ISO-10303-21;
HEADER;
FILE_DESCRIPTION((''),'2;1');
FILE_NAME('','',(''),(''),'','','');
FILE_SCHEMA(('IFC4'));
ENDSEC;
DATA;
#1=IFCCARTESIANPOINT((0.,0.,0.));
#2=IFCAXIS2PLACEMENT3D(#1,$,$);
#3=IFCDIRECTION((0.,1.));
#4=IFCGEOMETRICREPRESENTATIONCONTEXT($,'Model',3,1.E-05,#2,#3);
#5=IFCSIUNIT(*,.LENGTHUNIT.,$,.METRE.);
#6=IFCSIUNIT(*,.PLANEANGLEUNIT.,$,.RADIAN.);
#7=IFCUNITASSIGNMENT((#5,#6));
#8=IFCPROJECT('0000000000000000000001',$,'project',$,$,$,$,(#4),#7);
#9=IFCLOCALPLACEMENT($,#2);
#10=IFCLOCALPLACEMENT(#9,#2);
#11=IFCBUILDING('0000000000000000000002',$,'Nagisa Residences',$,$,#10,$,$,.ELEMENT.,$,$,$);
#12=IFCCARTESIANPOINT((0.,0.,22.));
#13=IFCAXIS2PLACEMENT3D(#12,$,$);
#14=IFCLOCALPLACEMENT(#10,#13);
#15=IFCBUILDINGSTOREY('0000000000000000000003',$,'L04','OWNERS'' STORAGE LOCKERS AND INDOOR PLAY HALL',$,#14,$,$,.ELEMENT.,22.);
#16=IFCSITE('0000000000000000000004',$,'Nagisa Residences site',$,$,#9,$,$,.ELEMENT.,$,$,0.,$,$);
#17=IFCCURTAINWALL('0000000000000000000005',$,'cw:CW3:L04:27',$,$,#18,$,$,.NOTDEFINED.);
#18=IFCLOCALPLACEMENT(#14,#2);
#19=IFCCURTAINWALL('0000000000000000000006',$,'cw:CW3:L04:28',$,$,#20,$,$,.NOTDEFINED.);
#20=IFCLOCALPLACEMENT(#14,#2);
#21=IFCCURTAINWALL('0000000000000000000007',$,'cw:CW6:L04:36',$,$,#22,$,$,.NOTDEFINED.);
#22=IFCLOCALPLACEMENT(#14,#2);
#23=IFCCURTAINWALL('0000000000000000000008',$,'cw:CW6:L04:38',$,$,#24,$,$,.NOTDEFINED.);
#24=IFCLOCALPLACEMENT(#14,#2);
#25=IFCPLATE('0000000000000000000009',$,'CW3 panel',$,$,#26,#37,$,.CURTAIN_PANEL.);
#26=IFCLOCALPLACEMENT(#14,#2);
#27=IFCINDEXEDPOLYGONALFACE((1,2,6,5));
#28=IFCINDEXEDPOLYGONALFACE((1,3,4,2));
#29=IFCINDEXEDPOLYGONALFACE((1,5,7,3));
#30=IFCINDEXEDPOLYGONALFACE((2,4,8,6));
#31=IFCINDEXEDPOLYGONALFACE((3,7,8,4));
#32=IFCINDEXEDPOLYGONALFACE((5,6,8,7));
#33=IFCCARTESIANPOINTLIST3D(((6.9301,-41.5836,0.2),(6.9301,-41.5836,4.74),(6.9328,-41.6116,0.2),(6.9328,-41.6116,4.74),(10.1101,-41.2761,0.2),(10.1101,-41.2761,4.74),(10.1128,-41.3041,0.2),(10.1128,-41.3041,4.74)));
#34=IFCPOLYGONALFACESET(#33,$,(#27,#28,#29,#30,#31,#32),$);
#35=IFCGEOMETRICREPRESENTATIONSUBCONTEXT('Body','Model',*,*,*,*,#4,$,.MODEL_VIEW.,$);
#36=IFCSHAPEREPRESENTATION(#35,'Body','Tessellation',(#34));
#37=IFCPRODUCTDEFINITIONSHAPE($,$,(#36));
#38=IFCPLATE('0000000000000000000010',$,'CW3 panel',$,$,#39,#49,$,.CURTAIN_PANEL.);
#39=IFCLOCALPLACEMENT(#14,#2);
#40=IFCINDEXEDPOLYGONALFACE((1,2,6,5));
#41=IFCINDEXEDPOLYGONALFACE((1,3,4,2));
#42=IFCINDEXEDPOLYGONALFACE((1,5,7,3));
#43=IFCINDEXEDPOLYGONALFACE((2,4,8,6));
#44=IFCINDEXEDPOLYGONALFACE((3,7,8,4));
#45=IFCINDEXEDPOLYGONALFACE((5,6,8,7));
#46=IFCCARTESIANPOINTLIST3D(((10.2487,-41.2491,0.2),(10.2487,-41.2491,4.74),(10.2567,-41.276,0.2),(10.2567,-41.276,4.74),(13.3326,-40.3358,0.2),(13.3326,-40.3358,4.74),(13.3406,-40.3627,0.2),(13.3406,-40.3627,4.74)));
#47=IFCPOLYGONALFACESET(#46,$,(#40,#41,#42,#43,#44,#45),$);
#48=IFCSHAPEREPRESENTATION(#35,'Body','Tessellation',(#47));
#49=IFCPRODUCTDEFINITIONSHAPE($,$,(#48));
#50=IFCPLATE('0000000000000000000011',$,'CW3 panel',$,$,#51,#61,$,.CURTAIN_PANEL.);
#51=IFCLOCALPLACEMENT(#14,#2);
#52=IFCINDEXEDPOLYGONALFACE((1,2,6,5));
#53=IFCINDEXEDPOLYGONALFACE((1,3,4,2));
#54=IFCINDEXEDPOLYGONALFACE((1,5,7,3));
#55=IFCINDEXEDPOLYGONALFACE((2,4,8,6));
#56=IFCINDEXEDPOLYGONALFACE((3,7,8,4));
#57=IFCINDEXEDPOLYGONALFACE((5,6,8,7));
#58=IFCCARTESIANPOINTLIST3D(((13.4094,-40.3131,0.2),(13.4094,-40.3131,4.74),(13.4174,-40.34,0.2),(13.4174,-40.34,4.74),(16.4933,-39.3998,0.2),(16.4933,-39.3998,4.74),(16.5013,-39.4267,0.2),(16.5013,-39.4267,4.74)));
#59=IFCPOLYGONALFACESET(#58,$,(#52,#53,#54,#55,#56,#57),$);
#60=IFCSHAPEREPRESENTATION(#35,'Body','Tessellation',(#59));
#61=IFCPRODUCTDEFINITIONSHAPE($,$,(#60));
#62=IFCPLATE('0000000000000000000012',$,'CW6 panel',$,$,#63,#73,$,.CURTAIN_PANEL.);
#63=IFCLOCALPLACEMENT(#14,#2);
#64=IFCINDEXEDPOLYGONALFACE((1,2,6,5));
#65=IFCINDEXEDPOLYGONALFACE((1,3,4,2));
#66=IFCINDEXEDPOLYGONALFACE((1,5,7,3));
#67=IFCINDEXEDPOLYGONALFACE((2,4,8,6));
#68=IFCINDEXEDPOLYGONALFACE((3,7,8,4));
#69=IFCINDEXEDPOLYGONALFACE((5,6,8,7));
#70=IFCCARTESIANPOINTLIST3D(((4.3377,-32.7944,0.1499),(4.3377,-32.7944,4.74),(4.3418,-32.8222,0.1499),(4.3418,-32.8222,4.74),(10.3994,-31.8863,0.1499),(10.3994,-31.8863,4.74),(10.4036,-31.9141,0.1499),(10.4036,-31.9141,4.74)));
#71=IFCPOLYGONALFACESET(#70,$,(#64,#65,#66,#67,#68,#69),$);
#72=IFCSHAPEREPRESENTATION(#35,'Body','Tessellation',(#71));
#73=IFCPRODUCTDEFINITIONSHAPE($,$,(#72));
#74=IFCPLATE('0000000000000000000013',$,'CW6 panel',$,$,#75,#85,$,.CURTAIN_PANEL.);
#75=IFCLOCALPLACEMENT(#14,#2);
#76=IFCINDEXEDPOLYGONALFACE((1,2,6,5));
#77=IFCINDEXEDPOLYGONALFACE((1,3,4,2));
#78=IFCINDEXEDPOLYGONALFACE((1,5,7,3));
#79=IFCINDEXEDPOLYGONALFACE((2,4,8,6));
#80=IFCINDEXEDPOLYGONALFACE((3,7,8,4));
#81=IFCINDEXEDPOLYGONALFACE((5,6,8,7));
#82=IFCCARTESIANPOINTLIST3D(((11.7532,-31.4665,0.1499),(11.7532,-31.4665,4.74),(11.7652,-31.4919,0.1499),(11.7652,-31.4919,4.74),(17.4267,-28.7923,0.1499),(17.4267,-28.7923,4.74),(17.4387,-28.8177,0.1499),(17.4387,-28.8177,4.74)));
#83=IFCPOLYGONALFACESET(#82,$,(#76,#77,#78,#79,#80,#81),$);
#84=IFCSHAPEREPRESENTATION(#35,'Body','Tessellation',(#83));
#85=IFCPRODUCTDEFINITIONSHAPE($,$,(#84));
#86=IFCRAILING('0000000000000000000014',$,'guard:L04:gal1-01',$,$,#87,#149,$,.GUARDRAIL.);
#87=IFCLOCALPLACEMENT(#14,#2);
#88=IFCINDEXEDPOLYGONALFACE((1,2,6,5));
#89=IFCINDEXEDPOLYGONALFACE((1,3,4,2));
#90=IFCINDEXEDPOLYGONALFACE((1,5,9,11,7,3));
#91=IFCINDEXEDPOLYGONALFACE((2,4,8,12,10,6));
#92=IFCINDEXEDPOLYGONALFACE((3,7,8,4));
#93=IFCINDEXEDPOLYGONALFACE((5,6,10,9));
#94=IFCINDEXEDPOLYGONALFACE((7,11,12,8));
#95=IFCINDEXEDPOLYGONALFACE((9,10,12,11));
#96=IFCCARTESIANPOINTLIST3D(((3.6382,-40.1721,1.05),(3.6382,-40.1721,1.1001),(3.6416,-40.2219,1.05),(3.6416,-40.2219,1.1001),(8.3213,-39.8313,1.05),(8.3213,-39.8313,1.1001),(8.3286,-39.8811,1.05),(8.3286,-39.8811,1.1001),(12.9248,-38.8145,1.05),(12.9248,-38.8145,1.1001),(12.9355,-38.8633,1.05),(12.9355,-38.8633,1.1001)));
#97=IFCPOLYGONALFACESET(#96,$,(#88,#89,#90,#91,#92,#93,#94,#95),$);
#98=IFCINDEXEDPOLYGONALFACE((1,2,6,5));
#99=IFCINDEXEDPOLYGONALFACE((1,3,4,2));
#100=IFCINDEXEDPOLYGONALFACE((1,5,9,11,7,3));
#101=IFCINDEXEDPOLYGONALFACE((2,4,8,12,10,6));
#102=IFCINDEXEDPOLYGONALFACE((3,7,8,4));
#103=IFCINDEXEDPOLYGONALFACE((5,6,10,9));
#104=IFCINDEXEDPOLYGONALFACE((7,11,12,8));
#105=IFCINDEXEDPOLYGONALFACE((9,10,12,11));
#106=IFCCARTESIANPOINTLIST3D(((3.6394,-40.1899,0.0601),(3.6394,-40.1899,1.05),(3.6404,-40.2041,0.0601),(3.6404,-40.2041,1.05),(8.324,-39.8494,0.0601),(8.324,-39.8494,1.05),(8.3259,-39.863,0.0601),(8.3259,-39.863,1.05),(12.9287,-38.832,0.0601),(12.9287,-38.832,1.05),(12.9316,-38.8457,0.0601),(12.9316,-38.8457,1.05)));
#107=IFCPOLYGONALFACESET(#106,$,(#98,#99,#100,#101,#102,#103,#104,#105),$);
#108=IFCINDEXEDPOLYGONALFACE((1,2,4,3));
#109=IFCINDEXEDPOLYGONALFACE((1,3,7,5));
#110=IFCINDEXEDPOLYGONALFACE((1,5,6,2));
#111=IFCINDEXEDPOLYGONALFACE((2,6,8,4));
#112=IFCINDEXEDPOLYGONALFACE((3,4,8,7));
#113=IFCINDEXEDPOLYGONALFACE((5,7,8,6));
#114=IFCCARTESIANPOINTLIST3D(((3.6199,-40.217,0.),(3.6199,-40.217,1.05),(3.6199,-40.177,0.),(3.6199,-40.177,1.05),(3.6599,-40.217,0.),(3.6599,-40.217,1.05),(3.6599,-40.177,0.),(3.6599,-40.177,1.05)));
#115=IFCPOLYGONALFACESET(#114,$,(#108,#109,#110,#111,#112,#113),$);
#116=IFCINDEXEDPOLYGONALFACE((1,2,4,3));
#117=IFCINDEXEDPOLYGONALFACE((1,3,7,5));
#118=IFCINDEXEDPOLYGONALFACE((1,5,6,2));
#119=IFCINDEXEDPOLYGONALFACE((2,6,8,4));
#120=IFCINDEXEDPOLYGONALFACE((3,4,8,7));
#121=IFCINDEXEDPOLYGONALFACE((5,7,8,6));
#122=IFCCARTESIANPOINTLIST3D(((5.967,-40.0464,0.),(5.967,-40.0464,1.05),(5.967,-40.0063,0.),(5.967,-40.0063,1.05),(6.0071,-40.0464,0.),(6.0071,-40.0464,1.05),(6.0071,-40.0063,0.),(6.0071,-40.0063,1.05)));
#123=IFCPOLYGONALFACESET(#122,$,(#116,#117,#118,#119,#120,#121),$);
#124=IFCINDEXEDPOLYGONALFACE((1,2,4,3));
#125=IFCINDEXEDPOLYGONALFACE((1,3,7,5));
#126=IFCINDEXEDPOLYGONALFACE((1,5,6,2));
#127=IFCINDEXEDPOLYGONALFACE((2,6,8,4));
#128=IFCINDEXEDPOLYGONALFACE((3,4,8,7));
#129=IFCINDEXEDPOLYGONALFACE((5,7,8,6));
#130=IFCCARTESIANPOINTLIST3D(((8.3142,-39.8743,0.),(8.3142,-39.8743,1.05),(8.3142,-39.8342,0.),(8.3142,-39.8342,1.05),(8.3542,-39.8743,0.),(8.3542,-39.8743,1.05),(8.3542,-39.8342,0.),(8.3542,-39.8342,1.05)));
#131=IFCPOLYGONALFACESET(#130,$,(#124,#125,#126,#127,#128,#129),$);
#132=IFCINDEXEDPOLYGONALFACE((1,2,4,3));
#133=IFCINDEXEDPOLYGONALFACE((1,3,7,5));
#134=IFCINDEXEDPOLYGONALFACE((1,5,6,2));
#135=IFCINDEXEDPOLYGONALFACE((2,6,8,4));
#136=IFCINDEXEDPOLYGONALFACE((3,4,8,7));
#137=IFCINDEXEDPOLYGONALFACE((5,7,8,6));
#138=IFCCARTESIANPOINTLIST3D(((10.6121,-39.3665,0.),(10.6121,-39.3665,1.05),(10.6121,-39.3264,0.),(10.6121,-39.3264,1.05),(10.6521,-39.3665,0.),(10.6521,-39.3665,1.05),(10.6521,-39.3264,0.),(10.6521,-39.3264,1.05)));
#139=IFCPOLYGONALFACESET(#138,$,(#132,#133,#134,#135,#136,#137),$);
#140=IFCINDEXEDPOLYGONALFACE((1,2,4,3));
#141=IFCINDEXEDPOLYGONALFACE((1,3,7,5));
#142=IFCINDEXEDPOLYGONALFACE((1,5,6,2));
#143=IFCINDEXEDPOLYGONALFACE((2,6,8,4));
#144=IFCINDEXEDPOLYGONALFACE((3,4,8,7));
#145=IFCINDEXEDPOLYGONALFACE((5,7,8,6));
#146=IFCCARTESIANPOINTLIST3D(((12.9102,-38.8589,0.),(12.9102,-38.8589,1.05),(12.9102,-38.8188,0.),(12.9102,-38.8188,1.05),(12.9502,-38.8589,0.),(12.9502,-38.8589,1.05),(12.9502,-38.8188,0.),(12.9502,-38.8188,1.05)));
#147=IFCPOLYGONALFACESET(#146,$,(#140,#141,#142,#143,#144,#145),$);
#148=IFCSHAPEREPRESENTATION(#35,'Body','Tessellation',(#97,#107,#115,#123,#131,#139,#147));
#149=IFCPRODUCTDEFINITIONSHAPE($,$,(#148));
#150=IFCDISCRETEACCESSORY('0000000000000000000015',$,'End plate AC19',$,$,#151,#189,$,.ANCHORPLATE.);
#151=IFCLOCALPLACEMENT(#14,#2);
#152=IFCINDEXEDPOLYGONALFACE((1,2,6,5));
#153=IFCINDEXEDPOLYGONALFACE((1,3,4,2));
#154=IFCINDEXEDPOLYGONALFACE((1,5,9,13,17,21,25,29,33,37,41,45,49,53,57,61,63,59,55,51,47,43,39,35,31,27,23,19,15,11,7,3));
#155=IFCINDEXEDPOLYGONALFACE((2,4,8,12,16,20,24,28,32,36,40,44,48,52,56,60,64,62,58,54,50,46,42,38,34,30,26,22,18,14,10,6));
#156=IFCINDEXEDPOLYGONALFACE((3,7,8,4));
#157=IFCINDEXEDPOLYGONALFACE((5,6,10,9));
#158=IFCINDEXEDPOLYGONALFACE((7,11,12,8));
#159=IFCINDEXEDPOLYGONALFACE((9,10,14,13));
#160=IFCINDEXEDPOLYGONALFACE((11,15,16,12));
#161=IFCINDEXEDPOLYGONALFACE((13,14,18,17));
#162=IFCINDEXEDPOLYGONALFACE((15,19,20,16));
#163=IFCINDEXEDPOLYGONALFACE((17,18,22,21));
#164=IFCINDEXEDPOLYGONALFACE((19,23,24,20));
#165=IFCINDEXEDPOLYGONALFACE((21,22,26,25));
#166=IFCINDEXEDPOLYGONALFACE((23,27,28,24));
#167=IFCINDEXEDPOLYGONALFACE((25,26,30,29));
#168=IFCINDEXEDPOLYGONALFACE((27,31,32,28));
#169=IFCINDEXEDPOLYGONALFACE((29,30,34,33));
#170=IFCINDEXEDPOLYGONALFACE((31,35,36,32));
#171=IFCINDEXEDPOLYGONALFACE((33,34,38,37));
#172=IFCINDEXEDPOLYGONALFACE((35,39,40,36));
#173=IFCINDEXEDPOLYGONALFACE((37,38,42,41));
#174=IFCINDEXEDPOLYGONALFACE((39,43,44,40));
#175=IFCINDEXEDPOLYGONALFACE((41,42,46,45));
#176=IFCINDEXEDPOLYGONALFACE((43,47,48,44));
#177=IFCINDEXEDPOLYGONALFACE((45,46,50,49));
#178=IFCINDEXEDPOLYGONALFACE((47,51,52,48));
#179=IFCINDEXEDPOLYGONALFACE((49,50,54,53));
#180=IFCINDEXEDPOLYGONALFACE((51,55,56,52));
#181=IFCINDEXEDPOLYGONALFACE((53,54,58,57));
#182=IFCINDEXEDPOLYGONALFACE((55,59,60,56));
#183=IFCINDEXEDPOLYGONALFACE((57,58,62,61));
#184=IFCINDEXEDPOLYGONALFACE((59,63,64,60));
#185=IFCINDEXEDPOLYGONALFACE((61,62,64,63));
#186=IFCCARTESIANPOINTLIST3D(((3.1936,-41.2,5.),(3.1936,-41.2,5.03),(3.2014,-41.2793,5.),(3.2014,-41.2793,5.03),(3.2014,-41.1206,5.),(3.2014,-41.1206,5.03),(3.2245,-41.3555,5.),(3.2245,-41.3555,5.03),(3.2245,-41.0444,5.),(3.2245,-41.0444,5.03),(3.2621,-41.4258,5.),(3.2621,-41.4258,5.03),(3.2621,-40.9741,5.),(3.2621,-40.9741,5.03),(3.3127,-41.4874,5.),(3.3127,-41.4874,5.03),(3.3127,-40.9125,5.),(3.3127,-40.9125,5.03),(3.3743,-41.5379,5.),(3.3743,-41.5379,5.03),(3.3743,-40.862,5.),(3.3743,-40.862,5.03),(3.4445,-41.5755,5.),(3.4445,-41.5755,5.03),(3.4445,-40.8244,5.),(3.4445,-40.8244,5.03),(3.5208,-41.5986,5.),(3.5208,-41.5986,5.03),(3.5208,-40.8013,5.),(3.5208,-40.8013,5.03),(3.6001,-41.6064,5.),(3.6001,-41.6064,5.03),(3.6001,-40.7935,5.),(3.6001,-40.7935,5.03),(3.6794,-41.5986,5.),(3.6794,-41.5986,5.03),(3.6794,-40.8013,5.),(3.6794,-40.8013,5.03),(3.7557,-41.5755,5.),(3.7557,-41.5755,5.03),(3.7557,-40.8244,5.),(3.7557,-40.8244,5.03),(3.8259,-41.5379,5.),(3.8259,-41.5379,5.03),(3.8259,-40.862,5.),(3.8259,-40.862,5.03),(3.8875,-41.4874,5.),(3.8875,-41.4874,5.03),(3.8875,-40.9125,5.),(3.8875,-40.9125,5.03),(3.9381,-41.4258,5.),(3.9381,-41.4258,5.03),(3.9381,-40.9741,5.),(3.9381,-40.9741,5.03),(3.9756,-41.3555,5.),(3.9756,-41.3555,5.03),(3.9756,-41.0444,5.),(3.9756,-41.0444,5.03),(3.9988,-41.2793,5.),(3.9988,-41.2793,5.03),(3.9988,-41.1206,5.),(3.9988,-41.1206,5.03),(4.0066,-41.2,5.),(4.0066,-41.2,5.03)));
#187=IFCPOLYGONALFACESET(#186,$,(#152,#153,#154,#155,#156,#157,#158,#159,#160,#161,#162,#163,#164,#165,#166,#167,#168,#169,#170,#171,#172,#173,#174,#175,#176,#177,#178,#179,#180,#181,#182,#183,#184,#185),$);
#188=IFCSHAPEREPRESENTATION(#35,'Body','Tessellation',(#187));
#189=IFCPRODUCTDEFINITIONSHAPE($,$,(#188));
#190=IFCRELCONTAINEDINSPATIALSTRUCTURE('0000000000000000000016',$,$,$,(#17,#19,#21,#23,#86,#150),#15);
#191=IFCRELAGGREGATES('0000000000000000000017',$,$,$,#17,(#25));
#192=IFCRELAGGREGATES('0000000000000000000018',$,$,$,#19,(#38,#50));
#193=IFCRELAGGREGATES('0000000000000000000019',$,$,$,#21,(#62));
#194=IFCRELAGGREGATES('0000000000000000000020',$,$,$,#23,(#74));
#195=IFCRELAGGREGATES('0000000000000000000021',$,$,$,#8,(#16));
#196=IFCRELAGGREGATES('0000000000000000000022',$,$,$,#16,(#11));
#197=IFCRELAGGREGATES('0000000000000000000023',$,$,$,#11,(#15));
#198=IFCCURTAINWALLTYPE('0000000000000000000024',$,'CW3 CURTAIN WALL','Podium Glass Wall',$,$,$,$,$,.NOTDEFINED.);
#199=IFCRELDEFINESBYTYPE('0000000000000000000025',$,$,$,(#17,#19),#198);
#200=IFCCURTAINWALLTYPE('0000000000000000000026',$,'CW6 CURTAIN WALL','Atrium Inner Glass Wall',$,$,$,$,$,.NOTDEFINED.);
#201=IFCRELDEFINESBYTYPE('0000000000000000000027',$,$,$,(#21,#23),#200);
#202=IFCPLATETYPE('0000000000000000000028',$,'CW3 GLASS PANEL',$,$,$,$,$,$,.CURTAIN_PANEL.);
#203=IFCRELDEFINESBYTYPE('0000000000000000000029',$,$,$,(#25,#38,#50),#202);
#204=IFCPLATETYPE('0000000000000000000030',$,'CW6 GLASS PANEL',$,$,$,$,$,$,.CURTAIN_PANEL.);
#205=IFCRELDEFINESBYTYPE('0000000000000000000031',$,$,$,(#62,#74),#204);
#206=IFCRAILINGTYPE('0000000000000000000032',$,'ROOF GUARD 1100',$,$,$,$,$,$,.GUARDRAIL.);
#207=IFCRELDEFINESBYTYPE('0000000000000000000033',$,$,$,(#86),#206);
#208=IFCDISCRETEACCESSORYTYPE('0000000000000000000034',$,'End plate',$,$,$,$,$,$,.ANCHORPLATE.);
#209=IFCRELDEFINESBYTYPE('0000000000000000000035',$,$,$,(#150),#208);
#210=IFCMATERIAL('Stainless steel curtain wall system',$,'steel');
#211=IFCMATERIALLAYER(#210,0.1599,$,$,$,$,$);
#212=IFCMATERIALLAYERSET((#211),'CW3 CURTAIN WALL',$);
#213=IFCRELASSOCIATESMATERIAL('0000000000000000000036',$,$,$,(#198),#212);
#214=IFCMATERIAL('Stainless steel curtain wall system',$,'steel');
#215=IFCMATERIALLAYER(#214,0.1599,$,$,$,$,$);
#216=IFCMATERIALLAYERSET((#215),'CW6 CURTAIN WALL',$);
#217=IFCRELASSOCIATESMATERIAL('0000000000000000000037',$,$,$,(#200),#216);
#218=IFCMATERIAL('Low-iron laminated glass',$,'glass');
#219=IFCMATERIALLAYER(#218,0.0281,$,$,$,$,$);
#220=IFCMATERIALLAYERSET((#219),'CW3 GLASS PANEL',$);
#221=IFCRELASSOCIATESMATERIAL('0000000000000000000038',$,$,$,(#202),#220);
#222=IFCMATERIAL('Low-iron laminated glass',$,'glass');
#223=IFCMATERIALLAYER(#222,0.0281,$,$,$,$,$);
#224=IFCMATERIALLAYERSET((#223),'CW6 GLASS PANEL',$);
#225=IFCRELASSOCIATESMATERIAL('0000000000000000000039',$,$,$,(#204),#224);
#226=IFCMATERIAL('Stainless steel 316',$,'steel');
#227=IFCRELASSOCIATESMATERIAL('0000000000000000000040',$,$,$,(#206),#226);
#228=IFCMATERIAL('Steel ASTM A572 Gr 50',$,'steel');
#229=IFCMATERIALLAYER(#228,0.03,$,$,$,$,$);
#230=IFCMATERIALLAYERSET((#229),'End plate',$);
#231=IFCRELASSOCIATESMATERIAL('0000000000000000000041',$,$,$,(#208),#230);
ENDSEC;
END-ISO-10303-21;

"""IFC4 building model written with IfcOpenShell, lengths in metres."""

from ifc_helpers import new_model, si_unit, direction, frame, origin, origin_2d, place, context, subcontext, project, spatial, polyline, rectangle, circle, outline, extrude, material, layer, layer_set, type_object, element, aggregate, save


model = new_model("IFC4")

# Units and contexts
model_context = context("Model", 3, precision=1e-05, world=origin(), true_north=direction((0.0, 1.0)))
body_context = subcontext(model_context, "Body", "Model", "MODEL_VIEW")
ifc_project = project(units=[si_unit("LENGTHUNIT", "METRE"), si_unit("PLANEANGLEUNIT", "RADIAN")], contexts=[model_context])

# Site, building, storey
site_placement = place(None, origin())
site = spatial("IfcSite", under=ifc_project, at=site_placement, Name="Nagisa Residences site", CompositionType="ELEMENT", RefElevation=0.0)
building_placement = place(site_placement, origin())
building = spatial("IfcBuilding", under=site, at=building_placement, Name="Nagisa Residences", CompositionType="ELEMENT")
storey_placement = place(building_placement, frame((0.0, 0.0, 22.0)))
storey = spatial("IfcBuildingStorey", under=building, at=storey_placement, Name="L04", Description="OWNERS' STORAGE LOCKERS AND INDOOR PLAY HALL", CompositionType="ELEMENT", Elevation=22.0)

# Shared definitions
ifc_material_1 = material(Name="Stainless steel curtain wall system", Category="steel")
ifc_layer_1 = layer(ifc_material_1, 0.1599)
ifc_layer_set_1 = layer_set([ifc_layer_1], Name="CW3 CURTAIN WALL")
curtain_wall_type_1 = type_object("IfcCurtainWallType", Name="CW3 CURTAIN WALL", Description="Podium Glass Wall", PredefinedType="NOTDEFINED", material=ifc_layer_set_1)

# Curtain walls
curtain_wall_1_placement = place(storey_placement, origin())
curtain_wall_1 = element("IfcCurtainWall", 1, at=curtain_wall_1_placement, inside=storey, type_object=curtain_wall_type_1, Name="cw:CW3:L04:27", PredefinedType="NOTDEFINED")
curtain_wall_2_placement = place(storey_placement, origin())
curtain_wall_2 = element("IfcCurtainWall", 2, at=curtain_wall_2_placement, inside=storey, type_object=curtain_wall_type_1, Name="cw:CW3:L04:28", PredefinedType="NOTDEFINED")

# Curtain walls
ifc_material_2 = material(Name="Stainless steel curtain wall system", Category="steel")
ifc_layer_2 = layer(ifc_material_2, 0.1599)
ifc_layer_set_2 = layer_set([ifc_layer_2], Name="CW6 CURTAIN WALL")
curtain_wall_type_2 = type_object("IfcCurtainWallType", Name="CW6 CURTAIN WALL", Description="Atrium Inner Glass Wall", PredefinedType="NOTDEFINED", material=ifc_layer_set_2)
curtain_wall_3_placement = place(storey_placement, origin())
curtain_wall_3 = element("IfcCurtainWall", 3, at=curtain_wall_3_placement, inside=storey, type_object=curtain_wall_type_2, Name="cw:CW6:L04:36", PredefinedType="NOTDEFINED")
curtain_wall_4_placement = place(storey_placement, origin())
curtain_wall_4 = element("IfcCurtainWall", 4, at=curtain_wall_4_placement, inside=storey, type_object=curtain_wall_type_2, Name="cw:CW6:L04:38", PredefinedType="NOTDEFINED")

# Plates
ifc_material_3 = material(Name="Low-iron laminated glass", Category="glass")
ifc_layer_3 = layer(ifc_material_3, 0.0281)
ifc_layer_set_3 = layer_set([ifc_layer_3], Name="CW3 GLASS PANEL")
plate_type_1 = type_object("IfcPlateType", Name="CW3 GLASS PANEL", PredefinedType="CURTAIN_PANEL", material=ifc_layer_set_3)
plate_1_placement = place(storey_placement, frame((8.5215, -41.4438, 0.2), z_axis=(0.0, 0.0, 1.0), x_axis=(0.995357, 0.096249, 0.0)))
plate_1 = element("IfcPlate", 5, at=plate_1_placement, type_object=plate_type_1, Name="CW3 panel", PredefinedType="CURTAIN_PANEL", context=body_context, shape_type="SweptSolid", body=[
    extrude(rectangle(XDim=3.1948, YDim=0.0281, at=origin_2d()), origin(), (0.0, 0.0, 1.0), 4.54),
])
aggregate(curtain_wall_1, [plate_1])
plate_2_placement = place(storey_placement, frame((11.7947, -40.8059, 0.2), z_axis=(0.0, 0.0, 1.0), x_axis=(0.958835, 0.283963, 0.0)))
plate_2 = element("IfcPlate", 6, at=plate_2_placement, type_object=plate_type_1, Name="CW3 panel", PredefinedType="CURTAIN_PANEL", context=body_context, shape_type="SweptSolid", body=[
    extrude(rectangle(XDim=3.2163, YDim=0.0281, at=origin_2d()), origin(), (0.0, 0.0, 1.0), 4.54),
])
plate_3_placement = place(storey_placement, frame((14.9553, -39.8699, 0.2), z_axis=(0.0, 0.0, 1.0), x_axis=(0.958835, 0.283963, 0.0)))
plate_3 = element("IfcPlate", 7, at=plate_3_placement, type_object=plate_type_1, Name="CW3 panel", PredefinedType="CURTAIN_PANEL", context=body_context, shape_type="SweptSolid", body=[
    extrude(rectangle(XDim=3.2163, YDim=0.0281, at=origin_2d()), origin(), (0.0, 0.0, 1.0), 4.54),
])
aggregate(curtain_wall_2, [plate_2, plate_3])
ifc_material_4 = material(Name="Low-iron laminated glass", Category="glass")
ifc_layer_4 = layer(ifc_material_4, 0.0281)
ifc_layer_set_4 = layer_set([ifc_layer_4], Name="CW6 GLASS PANEL")
plate_type_2 = type_object("IfcPlateType", Name="CW6 GLASS PANEL", PredefinedType="CURTAIN_PANEL", material=ifc_layer_set_4)
plate_4_placement = place(storey_placement, frame((7.3706, -32.3542, 0.1499), z_axis=(0.0, 0.0, 1.0), x_axis=(0.988964, 0.148158, 0.0)))
plate_4 = element("IfcPlate", 8, at=plate_4_placement, type_object=plate_type_2, Name="CW6 panel", PredefinedType="CURTAIN_PANEL", context=body_context, shape_type="SweptSolid", body=[
    extrude(rectangle(XDim=6.1294, YDim=0.0281, at=origin_2d()), origin(), (0.0, 0.0, 1.0), 4.5901),
])
aggregate(curtain_wall_3, [plate_4])
plate_5_placement = place(storey_placement, frame((14.5959, -30.1421, 0.1499), z_axis=(0.0, 0.0, 1.0), x_axis=(0.904554, 0.426358, 0.0)))
plate_5 = element("IfcPlate", 9, at=plate_5_placement, type_object=plate_type_2, Name="CW6 panel", PredefinedType="CURTAIN_PANEL", context=body_context, shape_type="SweptSolid", body=[
    extrude(rectangle(XDim=6.2722, YDim=0.0281, at=origin_2d()), origin(), (0.0, 0.0, 1.0), 4.5901),
])
aggregate(curtain_wall_4, [plate_5])

# Railing
ifc_material_5 = material(Name="Stainless steel 316", Category="steel")
railing_type = type_object("IfcRailingType", Name="ROOF GUARD 1100", PredefinedType="GUARDRAIL", material=ifc_material_5)
railing_1_placement = place(storey_placement, frame((3.6399, -40.197, 0.0)))
element("IfcRailing", 10, at=railing_1_placement, inside=storey, type_object=railing_type, Name="guard:L04:gal1-01", PredefinedType="GUARDRAIL", context=body_context, shape_type="SweptSolid", body=[
    extrude(outline(polyline([(4.6814, 0.3657), (-0.0017, 0.0249), (0.0017, -0.0249), (4.6887, 0.3159), (9.2957, 1.3337), (9.2849, 1.3826), (4.6814, 0.3657)])), frame((0.0, 0.0, 1.05)), (0.0, 0.0, 1.0), 0.05),
    extrude(outline(polyline([(4.6841, 0.3477), (-0.0005, 0.0071), (0.0005, -0.0071), (4.686, 0.334), (9.2917, 1.3513), (9.2888, 1.365), (4.6841, 0.3477)])), frame((0.0, 0.0, 0.0601)), (0.0, 0.0, 1.0), 0.99),
    extrude(rectangle(XDim=0.04, YDim=0.04, at=origin_2d()), origin(), (0.0, 0.0, 1.0), 1.05),
    extrude(rectangle(XDim=0.04, YDim=0.04, at=origin_2d()), frame((2.3472, 0.1707, 0.0)), (0.0, 0.0, 1.0), 1.05),
    extrude(rectangle(XDim=0.04, YDim=0.04, at=origin_2d()), frame((4.6943, 0.3428, 0.0)), (0.0, 0.0, 1.0), 1.05),
    extrude(rectangle(XDim=0.04, YDim=0.04, at=origin_2d()), frame((6.9922, 0.8506, 0.0)), (0.0, 0.0, 1.0), 1.05),
    extrude(rectangle(XDim=0.04, YDim=0.04, at=origin_2d()), frame((9.2903, 1.3582, 0.0)), (0.0, 0.0, 1.0), 1.05),
])

# Discrete accessory
ifc_material_6 = material(Name="Steel ASTM A572 Gr 50", Category="steel")
ifc_layer_5 = layer(ifc_material_6, 0.03)
ifc_layer_set_5 = layer_set([ifc_layer_5], Name="End plate")
discrete_accessory_type_1 = type_object("IfcDiscreteAccessoryType", Name="End plate", PredefinedType="ANCHORPLATE", material=ifc_layer_set_5)
for number, where, z_axis, x_axis, name in (
    (11, (3.6001, -41.2, 5.0), (0.0, 0.0, 1.0), (1.0, 0.0, 0.0), "End plate AC19"),
):
    element("IfcDiscreteAccessory", number, at=place(storey_placement, frame(where, z_axis=z_axis, x_axis=x_axis)), inside=storey, type_object=discrete_accessory_type_1, Name=name, PredefinedType="ANCHORPLATE", context=body_context, shape_type="SweptSolid", body=[
        extrude(circle(Radius=0.4065, at=origin_2d()), origin(), (0.0, 0.0, 1.0), 0.03),
    ])

save(model, "model.ifc")
